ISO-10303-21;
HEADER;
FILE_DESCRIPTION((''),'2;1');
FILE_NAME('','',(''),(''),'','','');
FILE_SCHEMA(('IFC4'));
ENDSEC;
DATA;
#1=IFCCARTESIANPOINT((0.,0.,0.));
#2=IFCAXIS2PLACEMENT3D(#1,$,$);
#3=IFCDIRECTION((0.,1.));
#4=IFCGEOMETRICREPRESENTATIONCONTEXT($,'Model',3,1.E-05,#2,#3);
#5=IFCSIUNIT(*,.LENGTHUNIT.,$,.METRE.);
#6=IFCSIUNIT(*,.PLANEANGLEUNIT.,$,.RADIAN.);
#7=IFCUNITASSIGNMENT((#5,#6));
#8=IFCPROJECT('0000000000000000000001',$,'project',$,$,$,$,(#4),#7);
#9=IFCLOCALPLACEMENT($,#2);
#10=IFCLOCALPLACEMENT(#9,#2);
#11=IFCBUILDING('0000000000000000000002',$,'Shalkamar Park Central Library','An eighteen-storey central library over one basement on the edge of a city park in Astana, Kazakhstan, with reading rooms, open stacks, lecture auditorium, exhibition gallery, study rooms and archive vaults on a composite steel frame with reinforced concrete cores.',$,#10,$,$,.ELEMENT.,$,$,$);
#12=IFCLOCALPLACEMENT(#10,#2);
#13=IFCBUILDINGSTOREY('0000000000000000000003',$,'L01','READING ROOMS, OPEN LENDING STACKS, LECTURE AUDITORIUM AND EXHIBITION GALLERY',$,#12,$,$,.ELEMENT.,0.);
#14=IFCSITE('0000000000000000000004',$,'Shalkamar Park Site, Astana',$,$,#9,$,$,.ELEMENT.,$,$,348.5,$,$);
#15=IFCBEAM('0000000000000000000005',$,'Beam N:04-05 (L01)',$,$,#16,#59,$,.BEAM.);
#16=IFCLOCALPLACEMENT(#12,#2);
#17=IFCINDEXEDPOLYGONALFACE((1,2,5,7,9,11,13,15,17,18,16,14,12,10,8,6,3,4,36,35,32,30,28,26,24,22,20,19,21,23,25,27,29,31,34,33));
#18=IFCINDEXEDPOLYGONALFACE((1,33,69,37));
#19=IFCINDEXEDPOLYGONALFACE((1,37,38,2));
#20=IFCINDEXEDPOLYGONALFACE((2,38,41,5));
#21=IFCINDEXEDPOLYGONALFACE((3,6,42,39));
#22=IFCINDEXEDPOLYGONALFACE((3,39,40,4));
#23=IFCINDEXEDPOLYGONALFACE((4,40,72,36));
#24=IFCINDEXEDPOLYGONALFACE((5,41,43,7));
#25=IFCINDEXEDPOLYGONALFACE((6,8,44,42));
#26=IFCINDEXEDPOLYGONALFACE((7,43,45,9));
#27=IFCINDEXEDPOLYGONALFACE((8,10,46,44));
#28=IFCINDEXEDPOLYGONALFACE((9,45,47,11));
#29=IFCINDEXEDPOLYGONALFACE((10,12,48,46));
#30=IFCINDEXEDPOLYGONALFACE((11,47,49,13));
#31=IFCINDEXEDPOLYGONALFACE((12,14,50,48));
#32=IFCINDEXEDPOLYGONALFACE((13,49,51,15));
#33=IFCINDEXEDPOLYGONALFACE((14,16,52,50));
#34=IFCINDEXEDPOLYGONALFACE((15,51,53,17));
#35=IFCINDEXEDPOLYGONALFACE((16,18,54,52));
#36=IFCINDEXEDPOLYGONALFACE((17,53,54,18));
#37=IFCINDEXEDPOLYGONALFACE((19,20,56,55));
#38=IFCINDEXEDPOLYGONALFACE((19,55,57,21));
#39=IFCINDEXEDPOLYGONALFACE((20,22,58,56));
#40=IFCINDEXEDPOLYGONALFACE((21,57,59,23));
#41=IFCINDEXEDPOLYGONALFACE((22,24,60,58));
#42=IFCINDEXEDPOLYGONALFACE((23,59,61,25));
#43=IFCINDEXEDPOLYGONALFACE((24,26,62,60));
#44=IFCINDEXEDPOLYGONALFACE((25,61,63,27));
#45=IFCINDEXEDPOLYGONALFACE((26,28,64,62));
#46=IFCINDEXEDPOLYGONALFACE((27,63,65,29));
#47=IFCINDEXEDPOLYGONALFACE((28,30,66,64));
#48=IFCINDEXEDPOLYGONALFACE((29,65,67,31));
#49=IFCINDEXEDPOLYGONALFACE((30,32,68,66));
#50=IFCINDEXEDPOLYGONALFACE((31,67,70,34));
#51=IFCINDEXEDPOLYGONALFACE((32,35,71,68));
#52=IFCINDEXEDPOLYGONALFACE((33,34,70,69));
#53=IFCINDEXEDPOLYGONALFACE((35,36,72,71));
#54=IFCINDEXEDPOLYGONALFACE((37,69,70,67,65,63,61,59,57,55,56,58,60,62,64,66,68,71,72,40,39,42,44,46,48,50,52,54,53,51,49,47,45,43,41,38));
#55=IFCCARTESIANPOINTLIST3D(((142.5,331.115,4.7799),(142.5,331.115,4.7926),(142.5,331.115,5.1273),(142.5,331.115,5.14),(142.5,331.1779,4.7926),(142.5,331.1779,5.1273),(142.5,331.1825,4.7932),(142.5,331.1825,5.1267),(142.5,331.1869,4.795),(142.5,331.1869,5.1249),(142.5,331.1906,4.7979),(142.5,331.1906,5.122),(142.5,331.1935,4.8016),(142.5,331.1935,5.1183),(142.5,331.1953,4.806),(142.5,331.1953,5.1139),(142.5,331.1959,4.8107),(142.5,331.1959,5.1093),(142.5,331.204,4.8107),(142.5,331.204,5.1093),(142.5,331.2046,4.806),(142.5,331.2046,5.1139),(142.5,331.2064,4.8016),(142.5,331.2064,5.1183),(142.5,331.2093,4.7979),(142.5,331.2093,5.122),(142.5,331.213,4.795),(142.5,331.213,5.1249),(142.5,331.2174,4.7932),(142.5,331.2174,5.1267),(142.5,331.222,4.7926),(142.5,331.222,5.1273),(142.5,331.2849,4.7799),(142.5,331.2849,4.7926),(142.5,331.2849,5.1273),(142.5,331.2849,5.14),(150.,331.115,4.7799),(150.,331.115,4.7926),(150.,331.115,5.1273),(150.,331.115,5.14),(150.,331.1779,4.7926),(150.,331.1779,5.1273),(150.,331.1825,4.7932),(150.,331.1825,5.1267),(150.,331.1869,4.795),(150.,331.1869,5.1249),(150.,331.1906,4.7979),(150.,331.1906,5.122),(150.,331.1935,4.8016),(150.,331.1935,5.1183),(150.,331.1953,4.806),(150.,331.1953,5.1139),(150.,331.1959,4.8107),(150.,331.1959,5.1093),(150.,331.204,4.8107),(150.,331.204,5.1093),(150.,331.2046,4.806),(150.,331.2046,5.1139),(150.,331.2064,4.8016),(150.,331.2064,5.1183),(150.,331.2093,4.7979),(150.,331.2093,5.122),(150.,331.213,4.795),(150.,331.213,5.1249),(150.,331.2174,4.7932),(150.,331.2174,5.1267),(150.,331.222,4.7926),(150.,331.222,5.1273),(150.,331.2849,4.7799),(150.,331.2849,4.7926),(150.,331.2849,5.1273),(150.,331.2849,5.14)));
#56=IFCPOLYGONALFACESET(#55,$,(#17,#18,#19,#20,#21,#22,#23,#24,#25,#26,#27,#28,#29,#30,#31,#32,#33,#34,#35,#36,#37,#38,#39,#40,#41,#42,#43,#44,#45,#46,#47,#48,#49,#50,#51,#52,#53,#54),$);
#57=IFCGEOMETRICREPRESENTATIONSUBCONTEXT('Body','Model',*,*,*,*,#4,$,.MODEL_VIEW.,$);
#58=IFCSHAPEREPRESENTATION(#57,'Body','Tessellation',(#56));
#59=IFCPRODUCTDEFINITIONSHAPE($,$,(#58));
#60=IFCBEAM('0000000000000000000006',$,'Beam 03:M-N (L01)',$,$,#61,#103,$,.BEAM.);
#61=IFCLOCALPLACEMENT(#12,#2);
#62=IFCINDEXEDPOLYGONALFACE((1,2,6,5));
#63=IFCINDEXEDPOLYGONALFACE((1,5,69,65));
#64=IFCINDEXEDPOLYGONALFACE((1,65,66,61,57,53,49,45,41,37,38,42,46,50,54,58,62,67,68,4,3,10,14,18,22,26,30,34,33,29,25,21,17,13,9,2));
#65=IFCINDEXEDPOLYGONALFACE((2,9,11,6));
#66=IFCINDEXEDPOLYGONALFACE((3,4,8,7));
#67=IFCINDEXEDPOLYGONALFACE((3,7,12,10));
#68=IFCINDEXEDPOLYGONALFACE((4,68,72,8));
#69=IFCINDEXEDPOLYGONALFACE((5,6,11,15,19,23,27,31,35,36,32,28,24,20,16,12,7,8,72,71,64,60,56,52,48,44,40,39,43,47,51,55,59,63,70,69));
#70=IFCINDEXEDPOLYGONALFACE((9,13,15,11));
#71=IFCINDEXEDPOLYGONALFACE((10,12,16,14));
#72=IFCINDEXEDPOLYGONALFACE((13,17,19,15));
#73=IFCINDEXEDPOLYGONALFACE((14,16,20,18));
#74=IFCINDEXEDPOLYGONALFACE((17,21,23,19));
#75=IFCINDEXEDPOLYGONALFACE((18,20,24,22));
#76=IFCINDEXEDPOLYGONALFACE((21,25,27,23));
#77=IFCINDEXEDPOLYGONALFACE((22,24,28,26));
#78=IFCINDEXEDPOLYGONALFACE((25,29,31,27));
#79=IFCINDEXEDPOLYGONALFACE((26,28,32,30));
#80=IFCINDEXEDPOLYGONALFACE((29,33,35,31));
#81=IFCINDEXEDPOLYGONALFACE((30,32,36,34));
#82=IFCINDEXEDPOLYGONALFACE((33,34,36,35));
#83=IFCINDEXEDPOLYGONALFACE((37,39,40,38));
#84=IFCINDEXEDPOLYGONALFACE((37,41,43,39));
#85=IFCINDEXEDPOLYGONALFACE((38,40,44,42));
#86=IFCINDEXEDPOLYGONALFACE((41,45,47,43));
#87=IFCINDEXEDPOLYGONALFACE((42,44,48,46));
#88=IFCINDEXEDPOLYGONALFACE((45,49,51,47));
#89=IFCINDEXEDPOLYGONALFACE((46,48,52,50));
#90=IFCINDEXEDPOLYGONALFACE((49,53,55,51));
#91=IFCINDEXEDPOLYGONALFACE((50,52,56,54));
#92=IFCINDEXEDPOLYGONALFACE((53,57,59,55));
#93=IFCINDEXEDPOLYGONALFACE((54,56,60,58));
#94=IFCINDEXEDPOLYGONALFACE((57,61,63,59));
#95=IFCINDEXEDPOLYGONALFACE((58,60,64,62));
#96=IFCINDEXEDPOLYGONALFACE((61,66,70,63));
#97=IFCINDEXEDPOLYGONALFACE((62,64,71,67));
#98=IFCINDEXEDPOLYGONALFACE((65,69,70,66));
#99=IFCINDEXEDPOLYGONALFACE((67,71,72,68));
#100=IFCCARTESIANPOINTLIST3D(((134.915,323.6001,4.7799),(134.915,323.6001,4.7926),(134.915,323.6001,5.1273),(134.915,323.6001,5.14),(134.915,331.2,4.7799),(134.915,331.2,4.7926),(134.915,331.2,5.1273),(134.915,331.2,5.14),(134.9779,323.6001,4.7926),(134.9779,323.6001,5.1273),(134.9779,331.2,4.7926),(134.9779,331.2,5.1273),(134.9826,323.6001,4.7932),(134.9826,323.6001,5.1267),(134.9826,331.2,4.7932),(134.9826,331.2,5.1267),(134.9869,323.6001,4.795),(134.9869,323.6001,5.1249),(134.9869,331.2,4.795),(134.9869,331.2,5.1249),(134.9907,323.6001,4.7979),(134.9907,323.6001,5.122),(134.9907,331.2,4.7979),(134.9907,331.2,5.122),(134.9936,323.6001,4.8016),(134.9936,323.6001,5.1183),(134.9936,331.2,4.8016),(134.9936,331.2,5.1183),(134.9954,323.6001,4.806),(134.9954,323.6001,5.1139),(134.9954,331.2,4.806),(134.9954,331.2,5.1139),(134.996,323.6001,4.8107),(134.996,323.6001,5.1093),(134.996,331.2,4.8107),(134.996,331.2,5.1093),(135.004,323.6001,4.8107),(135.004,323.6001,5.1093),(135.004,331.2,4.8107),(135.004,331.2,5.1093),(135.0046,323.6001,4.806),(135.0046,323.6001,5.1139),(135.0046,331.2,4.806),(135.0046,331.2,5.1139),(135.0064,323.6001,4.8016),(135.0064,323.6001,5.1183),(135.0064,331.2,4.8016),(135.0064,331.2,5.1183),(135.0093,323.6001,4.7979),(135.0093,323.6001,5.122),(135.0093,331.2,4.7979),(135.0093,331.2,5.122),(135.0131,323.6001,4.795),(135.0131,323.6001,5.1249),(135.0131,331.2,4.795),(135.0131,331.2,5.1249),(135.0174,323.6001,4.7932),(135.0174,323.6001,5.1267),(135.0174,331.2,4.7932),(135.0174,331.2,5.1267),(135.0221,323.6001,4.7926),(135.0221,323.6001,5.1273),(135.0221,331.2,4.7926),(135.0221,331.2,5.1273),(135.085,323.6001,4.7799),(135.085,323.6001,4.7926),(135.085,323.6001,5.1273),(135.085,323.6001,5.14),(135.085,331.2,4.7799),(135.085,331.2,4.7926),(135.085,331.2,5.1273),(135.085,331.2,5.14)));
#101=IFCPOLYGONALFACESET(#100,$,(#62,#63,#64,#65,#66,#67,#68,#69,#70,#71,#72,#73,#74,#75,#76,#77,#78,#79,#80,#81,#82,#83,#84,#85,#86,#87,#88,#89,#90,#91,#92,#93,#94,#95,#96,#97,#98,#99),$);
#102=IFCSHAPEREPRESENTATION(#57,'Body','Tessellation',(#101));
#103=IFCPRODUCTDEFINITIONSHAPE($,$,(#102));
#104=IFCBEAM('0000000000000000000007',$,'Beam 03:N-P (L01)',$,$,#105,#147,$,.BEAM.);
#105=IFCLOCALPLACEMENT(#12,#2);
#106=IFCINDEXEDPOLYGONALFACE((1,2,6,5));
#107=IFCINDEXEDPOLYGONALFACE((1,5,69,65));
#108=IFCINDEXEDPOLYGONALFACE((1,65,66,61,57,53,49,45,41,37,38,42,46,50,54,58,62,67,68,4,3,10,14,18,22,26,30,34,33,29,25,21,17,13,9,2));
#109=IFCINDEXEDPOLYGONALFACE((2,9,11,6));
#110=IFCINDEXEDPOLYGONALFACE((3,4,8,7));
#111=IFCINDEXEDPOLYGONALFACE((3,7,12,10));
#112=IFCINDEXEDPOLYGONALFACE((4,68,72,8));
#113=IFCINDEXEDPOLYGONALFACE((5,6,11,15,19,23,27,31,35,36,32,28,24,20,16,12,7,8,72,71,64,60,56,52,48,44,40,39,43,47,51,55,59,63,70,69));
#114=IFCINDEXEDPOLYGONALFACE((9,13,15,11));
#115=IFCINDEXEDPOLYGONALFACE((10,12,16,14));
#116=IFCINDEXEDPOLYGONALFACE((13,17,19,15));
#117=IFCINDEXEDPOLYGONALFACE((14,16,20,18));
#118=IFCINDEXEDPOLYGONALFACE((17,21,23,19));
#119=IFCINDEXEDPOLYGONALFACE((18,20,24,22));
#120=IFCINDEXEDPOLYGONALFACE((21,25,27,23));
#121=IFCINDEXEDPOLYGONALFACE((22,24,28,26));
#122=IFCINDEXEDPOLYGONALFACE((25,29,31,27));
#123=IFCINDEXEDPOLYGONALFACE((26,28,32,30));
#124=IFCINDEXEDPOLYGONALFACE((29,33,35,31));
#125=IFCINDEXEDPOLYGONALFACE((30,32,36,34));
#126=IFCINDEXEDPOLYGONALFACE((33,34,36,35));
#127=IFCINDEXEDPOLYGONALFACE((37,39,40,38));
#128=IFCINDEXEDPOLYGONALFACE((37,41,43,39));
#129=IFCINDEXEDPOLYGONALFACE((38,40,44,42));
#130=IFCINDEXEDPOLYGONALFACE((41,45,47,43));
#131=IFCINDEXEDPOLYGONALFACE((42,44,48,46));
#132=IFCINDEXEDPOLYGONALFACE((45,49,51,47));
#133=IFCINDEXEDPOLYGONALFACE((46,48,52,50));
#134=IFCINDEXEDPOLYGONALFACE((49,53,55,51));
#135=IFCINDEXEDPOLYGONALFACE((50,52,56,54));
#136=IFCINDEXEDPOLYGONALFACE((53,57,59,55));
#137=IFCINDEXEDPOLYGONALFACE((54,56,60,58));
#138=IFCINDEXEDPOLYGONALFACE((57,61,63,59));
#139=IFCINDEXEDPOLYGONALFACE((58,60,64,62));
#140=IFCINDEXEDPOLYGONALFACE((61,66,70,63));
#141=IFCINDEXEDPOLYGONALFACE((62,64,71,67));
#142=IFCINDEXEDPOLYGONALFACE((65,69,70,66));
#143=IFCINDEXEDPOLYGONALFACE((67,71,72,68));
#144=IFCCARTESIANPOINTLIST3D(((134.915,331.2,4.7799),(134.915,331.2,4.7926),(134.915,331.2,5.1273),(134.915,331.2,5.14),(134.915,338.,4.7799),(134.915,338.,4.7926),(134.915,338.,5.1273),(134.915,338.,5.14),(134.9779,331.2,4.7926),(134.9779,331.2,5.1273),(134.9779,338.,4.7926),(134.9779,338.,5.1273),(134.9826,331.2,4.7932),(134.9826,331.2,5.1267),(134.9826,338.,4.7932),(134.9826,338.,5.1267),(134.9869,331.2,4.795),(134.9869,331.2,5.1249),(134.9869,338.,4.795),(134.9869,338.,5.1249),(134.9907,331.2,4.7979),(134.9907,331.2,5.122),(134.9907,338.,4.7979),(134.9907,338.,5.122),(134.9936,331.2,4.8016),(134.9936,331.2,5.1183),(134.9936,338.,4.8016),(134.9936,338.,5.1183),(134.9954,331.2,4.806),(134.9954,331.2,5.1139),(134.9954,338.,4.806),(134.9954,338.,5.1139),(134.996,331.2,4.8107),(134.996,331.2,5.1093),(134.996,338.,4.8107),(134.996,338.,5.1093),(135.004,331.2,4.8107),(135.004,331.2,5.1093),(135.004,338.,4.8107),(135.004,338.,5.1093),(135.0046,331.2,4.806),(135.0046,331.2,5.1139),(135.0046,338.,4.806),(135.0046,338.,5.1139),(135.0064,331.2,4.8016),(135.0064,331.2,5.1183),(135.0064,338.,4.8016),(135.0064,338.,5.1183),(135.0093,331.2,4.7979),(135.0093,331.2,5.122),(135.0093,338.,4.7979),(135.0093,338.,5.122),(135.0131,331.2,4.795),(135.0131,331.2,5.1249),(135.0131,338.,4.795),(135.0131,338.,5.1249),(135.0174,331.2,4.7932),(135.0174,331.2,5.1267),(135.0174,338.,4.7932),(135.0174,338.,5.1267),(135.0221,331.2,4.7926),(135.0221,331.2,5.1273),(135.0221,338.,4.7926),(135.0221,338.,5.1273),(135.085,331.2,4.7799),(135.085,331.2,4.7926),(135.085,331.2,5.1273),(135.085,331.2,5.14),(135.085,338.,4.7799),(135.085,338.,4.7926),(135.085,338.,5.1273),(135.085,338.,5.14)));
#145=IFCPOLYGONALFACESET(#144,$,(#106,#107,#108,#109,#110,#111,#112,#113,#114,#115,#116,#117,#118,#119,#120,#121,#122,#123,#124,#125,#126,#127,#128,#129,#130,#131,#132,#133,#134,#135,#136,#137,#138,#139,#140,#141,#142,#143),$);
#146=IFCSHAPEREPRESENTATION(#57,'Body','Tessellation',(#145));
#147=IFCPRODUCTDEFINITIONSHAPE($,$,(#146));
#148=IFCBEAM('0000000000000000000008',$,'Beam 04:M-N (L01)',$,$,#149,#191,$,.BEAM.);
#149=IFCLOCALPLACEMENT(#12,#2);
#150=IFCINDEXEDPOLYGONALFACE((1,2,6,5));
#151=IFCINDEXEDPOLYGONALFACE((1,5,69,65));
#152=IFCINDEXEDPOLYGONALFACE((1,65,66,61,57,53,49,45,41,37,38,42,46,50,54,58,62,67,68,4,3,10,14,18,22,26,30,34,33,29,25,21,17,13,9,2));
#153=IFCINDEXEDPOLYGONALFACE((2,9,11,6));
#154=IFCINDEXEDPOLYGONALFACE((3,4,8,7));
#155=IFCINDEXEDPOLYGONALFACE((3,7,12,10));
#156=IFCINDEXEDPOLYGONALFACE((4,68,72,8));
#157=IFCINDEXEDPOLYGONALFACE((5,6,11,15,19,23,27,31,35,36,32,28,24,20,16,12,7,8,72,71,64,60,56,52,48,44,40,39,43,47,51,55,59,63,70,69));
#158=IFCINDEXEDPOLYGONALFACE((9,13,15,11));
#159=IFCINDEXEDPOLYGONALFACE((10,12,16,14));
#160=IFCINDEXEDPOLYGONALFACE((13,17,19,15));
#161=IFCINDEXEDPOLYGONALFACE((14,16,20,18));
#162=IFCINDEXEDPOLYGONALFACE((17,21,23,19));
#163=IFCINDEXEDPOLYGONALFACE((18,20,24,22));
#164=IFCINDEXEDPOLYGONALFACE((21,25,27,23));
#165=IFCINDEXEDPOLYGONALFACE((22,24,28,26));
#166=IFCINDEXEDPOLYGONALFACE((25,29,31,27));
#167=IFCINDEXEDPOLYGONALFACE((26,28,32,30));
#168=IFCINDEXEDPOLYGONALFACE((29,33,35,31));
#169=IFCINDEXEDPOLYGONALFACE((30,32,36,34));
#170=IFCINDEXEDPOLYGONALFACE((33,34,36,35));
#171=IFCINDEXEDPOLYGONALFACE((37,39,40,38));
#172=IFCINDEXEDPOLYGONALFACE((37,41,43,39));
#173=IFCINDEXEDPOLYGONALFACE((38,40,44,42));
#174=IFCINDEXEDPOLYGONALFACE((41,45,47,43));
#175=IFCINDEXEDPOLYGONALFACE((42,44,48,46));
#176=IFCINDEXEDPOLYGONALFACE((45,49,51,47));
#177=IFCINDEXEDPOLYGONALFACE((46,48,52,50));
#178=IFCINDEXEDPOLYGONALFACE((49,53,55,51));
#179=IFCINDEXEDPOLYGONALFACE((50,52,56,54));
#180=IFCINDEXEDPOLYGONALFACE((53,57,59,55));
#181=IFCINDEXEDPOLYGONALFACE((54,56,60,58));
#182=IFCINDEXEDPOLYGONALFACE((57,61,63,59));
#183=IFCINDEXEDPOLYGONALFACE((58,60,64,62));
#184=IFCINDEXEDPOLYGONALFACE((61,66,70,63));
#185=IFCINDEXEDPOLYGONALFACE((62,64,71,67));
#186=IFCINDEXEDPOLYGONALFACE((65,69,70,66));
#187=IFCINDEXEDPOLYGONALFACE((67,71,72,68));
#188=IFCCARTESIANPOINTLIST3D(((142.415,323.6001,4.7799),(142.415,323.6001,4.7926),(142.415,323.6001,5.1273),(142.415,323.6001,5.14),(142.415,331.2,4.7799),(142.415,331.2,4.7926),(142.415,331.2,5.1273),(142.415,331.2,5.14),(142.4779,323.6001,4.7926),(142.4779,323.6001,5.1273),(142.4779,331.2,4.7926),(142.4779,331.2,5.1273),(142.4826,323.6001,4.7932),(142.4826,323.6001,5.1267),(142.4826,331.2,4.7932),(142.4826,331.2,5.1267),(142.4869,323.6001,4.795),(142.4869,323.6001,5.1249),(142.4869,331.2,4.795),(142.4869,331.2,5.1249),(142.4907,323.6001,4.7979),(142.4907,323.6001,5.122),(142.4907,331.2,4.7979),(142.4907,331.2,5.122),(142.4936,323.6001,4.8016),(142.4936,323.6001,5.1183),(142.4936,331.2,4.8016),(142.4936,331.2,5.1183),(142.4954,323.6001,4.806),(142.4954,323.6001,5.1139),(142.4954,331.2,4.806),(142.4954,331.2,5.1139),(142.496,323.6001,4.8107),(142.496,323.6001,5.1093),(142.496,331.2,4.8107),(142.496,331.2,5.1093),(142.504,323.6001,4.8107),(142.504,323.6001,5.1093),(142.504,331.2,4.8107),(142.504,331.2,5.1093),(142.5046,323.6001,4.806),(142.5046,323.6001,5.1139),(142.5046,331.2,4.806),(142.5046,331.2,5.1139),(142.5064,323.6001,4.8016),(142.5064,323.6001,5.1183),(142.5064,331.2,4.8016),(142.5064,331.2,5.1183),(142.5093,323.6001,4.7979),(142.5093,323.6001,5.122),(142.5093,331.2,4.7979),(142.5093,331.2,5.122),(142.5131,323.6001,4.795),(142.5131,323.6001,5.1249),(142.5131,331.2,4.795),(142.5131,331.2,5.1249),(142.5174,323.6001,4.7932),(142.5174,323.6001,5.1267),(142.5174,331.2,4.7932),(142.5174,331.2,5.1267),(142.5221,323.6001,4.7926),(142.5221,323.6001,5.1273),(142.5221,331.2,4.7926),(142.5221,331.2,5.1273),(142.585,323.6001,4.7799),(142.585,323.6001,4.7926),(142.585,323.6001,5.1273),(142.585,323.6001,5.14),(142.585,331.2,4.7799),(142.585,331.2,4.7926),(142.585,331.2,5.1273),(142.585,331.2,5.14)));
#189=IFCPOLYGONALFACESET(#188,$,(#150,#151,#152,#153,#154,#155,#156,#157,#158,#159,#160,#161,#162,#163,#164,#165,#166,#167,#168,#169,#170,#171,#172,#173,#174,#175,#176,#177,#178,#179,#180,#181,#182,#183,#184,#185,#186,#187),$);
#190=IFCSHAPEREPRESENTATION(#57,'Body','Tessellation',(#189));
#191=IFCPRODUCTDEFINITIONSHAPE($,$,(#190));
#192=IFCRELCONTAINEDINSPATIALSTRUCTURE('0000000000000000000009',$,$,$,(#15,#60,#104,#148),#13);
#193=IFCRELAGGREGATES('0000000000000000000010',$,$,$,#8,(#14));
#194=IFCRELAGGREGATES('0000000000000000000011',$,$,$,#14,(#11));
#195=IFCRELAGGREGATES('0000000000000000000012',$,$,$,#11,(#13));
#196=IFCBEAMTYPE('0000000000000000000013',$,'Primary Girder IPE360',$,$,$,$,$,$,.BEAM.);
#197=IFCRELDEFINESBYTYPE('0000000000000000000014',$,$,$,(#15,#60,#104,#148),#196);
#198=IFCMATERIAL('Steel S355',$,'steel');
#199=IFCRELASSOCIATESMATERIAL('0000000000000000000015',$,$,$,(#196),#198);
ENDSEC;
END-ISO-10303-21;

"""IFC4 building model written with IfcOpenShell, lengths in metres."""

from ifc_helpers import new_model, si_unit, direction, frame, origin, origin_2d, place, context, subcontext, project, spatial, i_section, extrude, material, material_profile, profile_set, type_object, element, save


model = new_model("IFC4")

# Units and contexts
model_context = context("Model", 3, precision=1e-05, world=origin(), true_north=direction((0.0, 1.0)))
body_context = subcontext(model_context, "Body", "Model", "MODEL_VIEW")
ifc_project = project(units=[si_unit("LENGTHUNIT", "METRE"), si_unit("PLANEANGLEUNIT", "RADIAN")], contexts=[model_context])

# Site, building, storey
site_placement = place(None, origin())
site = spatial("IfcSite", under=ifc_project, at=site_placement, Name="Shalkamar Park Site, Astana", CompositionType="ELEMENT", RefElevation=348.5)
building_placement = place(site_placement, origin())
building = spatial("IfcBuilding", under=site, at=building_placement, Name="Shalkamar Park Central Library", Description="An eighteen-storey central library over one basement on the edge of a city park in Astana, Kazakhstan, with reading rooms, open stacks, lecture auditorium, exhibition gallery, study rooms and archive vaults on a composite steel frame with reinforced concrete cores.", CompositionType="ELEMENT")
storey_placement = place(building_placement, origin())
storey = spatial("IfcBuildingStorey", under=building, at=storey_placement, Name="L01", Description="READING ROOMS, OPEN LENDING STACKS, LECTURE AUDITORIUM AND EXHIBITION GALLERY", CompositionType="ELEMENT", Elevation=0.0)

# Shared definitions
ifc_material_1 = material(Name="Steel S355", Category="steel")

# Beams
ifc_material_profile_1 = material_profile(ifc_material_1, i_section(OverallWidth=0.1699, OverallDepth=0.3601, WebThickness=0.0081, FlangeThickness=0.0127, FilletRadius=0.0181, at=origin_2d()), Name="IPE 360")
ifc_profile_set_1 = profile_set([ifc_material_profile_1], Name="Steel S355")
beam_type_1 = type_object("IfcBeamType", Name="Primary Girder IPE360", PredefinedType="BEAM", material=ifc_profile_set_1)
for number, where, z_axis, x_axis, name in (
    (1, (142.5, 331.2, 4.96), (1.0, 0.0, 0.0), (0.0, 1.0, 0.0), "Beam N:04-05 (L01)"),
):
    element("IfcBeam", number, at=place(storey_placement, frame(where, z_axis=z_axis, x_axis=x_axis)), inside=storey, type_object=beam_type_1, Name=name, PredefinedType="BEAM", context=body_context, shape_type="SweptSolid", body=[
        extrude(i_section(OverallWidth=0.1699, OverallDepth=0.3601, WebThickness=0.0081, FlangeThickness=0.0127, FilletRadius=0.0181, at=origin_2d()), origin(), (0.0, 0.0, 1.0), 7.5),
    ])
beam_1_placement = place(storey_placement, frame((135.0, 323.6001, 4.96), z_axis=(0.0, 1.0, 0.0), x_axis=(-1.0, 0.0, 0.0)))
element("IfcBeam", 2, at=beam_1_placement, inside=storey, type_object=beam_type_1, Name="Beam 03:M-N (L01)", PredefinedType="BEAM", context=body_context, shape_type="SweptSolid", body=[
    extrude(i_section(OverallWidth=0.1699, OverallDepth=0.3601, WebThickness=0.0081, FlangeThickness=0.0127, FilletRadius=0.0181, at=origin_2d()), origin(), (0.0, 0.0, 1.0), 7.5999),
])
beam_2_placement = place(storey_placement, frame((135.0, 331.2, 4.96), z_axis=(0.0, 1.0, 0.0), x_axis=(-1.0, 0.0, 0.0)))
element("IfcBeam", 3, at=beam_2_placement, inside=storey, type_object=beam_type_1, Name="Beam 03:N-P (L01)", PredefinedType="BEAM", context=body_context, shape_type="SweptSolid", body=[
    extrude(i_section(OverallWidth=0.1699, OverallDepth=0.3601, WebThickness=0.0081, FlangeThickness=0.0127, FilletRadius=0.0181, at=origin_2d()), origin(), (0.0, 0.0, 1.0), 6.8),
])
beam_3_placement = place(storey_placement, frame((142.5, 323.6001, 4.96), z_axis=(0.0, 1.0, 0.0), x_axis=(-1.0, 0.0, 0.0)))
element("IfcBeam", 4, at=beam_3_placement, inside=storey, type_object=beam_type_1, Name="Beam 04:M-N (L01)", PredefinedType="BEAM", context=body_context, shape_type="SweptSolid", body=[
    extrude(i_section(OverallWidth=0.1699, OverallDepth=0.3601, WebThickness=0.0081, FlangeThickness=0.0127, FilletRadius=0.0181, at=origin_2d()), origin(), (0.0, 0.0, 1.0), 7.5999),
])

save(model, "model.ifc")
